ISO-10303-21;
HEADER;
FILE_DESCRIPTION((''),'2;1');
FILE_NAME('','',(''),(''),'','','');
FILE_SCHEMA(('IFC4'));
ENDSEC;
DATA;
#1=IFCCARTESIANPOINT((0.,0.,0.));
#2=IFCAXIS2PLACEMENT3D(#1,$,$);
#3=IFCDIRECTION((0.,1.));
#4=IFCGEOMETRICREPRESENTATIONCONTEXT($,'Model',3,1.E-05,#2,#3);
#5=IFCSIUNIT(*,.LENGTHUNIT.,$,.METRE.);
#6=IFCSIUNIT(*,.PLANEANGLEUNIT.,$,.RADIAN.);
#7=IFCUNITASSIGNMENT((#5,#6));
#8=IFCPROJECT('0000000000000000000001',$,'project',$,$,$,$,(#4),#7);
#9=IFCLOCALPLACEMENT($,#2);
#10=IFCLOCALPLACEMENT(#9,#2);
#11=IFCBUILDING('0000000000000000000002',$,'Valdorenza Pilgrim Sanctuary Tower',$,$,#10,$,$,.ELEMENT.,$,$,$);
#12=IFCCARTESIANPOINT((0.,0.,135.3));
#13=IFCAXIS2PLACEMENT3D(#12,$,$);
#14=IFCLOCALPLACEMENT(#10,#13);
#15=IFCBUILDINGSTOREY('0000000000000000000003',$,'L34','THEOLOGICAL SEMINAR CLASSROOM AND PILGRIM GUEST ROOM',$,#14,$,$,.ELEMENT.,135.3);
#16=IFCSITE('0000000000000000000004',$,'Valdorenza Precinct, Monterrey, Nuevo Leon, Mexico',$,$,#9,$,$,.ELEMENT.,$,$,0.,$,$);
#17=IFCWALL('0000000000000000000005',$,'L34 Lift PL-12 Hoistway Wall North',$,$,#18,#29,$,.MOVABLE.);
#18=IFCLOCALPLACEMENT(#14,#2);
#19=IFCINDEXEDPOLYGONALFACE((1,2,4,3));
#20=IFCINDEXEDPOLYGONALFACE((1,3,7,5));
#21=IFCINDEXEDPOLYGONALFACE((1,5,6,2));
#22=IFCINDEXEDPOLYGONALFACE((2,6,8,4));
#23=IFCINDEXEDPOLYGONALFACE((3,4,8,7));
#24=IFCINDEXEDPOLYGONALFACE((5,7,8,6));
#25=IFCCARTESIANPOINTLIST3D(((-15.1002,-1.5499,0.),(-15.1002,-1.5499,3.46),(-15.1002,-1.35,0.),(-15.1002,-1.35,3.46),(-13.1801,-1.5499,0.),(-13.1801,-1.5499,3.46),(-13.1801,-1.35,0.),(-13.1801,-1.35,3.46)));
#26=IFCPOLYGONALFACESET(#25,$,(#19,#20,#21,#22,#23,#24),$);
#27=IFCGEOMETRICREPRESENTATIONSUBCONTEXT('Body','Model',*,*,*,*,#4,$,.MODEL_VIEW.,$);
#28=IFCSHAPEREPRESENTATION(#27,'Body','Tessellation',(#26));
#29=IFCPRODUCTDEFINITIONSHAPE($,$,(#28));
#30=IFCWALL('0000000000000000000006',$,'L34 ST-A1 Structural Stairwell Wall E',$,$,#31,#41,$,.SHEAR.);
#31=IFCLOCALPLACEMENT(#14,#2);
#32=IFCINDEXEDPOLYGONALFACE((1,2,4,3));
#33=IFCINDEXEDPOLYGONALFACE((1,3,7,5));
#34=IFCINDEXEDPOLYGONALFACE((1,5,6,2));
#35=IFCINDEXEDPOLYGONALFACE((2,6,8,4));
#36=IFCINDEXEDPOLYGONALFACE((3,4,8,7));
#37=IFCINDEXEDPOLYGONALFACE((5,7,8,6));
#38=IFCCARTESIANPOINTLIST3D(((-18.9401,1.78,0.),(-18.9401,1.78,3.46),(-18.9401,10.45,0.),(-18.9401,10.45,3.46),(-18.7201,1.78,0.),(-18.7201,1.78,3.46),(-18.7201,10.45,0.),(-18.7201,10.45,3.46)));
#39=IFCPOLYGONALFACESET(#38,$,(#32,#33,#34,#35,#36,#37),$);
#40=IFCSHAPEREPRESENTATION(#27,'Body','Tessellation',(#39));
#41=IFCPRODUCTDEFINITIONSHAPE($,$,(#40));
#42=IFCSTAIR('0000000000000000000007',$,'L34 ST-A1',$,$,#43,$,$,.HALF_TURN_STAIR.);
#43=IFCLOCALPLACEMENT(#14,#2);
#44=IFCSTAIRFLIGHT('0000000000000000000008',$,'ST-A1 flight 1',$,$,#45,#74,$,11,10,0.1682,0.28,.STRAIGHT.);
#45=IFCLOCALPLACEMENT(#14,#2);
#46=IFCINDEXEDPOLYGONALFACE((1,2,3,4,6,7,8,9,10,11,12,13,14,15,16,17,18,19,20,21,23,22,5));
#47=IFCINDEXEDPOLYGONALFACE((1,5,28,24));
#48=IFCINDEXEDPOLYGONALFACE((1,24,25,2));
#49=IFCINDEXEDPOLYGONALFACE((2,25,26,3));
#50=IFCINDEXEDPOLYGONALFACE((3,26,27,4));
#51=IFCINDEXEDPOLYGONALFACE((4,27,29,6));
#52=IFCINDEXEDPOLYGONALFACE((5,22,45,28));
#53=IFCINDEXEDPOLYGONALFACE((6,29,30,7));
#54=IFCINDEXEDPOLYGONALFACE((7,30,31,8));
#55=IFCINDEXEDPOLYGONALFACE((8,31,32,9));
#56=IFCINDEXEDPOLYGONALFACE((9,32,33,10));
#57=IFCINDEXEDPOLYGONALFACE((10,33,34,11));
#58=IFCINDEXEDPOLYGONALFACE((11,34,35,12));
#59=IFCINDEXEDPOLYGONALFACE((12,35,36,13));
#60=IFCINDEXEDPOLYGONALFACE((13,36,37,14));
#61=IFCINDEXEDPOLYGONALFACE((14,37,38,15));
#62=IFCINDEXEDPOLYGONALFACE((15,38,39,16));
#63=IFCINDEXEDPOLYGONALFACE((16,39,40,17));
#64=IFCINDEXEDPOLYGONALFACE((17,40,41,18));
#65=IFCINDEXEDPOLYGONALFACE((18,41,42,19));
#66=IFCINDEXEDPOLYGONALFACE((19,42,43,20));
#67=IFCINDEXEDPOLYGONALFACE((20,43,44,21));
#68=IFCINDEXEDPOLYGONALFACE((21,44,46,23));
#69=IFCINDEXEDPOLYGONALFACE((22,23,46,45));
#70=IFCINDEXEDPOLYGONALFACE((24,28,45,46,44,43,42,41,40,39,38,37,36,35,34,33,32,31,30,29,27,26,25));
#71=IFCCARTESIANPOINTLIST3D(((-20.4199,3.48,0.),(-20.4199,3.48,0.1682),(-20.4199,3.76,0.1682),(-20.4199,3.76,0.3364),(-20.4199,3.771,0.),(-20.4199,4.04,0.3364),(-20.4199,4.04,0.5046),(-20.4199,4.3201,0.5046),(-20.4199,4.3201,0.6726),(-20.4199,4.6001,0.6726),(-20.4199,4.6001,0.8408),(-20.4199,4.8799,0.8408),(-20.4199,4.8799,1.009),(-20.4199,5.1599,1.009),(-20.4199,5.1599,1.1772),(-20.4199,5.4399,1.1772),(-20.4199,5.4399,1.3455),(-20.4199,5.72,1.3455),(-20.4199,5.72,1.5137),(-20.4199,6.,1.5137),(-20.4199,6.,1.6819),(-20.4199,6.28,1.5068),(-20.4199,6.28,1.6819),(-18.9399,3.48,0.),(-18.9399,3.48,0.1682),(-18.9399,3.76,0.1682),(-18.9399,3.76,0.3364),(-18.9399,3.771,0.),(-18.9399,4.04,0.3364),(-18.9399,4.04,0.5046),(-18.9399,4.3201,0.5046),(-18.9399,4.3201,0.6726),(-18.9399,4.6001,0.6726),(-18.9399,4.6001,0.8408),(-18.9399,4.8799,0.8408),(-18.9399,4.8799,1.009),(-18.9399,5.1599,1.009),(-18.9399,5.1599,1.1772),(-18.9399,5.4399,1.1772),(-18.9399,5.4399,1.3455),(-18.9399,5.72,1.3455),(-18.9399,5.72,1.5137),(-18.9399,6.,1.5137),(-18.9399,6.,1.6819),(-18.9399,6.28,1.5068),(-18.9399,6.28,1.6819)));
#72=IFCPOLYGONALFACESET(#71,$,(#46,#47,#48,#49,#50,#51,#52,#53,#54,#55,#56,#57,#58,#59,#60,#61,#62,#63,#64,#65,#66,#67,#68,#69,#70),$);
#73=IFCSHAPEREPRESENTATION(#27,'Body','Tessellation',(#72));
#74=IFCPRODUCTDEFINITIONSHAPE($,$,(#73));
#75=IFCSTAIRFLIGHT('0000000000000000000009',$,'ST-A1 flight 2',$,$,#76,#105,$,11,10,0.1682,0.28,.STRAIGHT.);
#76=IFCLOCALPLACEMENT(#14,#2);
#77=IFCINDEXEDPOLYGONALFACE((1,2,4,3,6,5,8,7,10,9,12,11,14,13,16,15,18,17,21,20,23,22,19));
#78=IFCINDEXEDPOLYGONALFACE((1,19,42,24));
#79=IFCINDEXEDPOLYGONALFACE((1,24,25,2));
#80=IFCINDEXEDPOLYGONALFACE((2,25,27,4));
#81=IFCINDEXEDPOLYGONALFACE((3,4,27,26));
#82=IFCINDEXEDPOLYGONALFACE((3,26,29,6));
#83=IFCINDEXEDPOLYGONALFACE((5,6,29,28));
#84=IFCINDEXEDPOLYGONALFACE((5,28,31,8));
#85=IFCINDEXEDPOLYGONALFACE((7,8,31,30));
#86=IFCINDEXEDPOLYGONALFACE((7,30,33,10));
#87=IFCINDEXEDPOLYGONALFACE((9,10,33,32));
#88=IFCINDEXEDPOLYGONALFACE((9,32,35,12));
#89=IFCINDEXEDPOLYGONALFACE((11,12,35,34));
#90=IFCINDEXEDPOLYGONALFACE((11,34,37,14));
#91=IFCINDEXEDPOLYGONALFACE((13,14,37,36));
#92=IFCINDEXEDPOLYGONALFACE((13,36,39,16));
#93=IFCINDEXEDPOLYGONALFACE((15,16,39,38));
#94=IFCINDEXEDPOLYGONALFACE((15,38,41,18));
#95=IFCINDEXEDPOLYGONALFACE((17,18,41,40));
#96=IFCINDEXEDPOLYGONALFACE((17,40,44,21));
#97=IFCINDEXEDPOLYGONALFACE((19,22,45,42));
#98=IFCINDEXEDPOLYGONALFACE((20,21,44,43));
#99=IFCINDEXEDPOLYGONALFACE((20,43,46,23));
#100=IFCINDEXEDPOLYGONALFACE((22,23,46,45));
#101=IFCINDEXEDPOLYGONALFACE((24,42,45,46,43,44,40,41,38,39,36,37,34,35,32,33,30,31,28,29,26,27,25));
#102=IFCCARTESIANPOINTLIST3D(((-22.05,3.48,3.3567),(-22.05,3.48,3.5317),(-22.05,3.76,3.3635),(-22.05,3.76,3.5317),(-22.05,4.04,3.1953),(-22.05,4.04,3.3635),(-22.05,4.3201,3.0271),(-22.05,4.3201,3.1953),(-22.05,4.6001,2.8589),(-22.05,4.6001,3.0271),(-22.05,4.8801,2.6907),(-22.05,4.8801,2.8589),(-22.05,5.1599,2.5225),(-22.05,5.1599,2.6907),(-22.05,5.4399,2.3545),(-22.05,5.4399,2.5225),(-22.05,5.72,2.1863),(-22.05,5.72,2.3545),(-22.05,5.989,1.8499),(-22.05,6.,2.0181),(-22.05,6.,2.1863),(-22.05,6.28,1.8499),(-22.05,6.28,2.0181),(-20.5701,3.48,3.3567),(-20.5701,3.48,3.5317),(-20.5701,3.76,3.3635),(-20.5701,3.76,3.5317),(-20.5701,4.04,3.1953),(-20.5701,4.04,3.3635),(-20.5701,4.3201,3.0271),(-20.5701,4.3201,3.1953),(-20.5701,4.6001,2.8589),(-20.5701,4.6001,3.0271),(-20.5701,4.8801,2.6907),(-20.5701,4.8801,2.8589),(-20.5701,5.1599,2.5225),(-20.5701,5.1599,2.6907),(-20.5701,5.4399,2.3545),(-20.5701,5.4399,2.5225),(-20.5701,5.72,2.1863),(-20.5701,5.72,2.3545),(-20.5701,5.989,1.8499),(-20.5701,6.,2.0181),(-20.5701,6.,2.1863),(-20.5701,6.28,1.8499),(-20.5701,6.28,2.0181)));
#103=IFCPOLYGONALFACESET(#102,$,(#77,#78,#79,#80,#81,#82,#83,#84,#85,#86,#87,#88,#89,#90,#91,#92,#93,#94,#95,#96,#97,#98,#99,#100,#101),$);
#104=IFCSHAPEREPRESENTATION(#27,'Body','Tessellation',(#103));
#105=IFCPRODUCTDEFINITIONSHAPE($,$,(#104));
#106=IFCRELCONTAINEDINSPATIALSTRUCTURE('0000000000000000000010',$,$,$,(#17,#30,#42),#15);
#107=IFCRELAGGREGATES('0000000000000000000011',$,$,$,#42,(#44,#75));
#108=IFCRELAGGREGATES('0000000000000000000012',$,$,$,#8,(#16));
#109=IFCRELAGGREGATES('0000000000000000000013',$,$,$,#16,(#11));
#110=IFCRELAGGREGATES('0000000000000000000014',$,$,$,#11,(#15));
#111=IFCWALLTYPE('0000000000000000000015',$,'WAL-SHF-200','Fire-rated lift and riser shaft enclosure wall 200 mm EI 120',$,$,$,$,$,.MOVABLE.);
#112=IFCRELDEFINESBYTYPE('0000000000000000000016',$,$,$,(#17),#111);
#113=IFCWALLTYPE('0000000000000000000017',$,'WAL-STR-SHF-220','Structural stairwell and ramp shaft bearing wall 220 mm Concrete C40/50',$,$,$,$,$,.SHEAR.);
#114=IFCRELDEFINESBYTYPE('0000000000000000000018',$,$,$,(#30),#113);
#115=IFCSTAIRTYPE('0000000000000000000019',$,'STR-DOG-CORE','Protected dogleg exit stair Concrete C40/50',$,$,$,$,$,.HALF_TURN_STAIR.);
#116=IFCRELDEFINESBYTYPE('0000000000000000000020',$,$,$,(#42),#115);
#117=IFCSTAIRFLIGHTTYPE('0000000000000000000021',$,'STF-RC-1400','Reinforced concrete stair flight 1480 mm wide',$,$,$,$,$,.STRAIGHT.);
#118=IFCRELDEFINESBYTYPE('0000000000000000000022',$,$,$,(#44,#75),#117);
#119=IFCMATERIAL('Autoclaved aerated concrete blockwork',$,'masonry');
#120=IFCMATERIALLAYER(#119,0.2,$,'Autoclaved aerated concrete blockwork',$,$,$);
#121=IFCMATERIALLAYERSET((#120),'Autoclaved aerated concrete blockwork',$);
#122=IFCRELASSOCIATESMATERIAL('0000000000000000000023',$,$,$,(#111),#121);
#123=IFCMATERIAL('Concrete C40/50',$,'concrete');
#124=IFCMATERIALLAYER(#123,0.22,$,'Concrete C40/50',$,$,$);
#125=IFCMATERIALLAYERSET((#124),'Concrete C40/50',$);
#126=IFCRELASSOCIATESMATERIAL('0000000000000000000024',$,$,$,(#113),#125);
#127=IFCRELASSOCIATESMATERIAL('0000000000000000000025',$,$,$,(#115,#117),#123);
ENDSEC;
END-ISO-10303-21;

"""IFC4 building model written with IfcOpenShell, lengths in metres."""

from ifc_helpers import new_model, si_unit, direction, frame, frame_2d, origin, place, context, subcontext, project, spatial, polyline, rectangle, outline, extrude, material, layer, layer_set, type_object, element, aggregate, save


model = new_model("IFC4")

# Units and contexts
model_context = context("Model", 3, precision=1e-05, world=origin(), true_north=direction((0.0, 1.0)))
body_context = subcontext(model_context, "Body", "Model", "MODEL_VIEW")
ifc_project = project(units=[si_unit("LENGTHUNIT", "METRE"), si_unit("PLANEANGLEUNIT", "RADIAN")], contexts=[model_context])

# Site, building, storey
site_placement = place(None, origin())
site = spatial("IfcSite", under=ifc_project, at=site_placement, Name="Valdorenza Precinct, Monterrey, Nuevo Leon, Mexico", CompositionType="ELEMENT", RefElevation=0.0)
building_placement = place(site_placement, origin())
building = spatial("IfcBuilding", under=site, at=building_placement, Name="Valdorenza Pilgrim Sanctuary Tower", CompositionType="ELEMENT")
storey_placement = place(building_placement, frame((0.0, 0.0, 135.3)))
storey = spatial("IfcBuildingStorey", under=building, at=storey_placement, Name="L34", Description="THEOLOGICAL SEMINAR CLASSROOM AND PILGRIM GUEST ROOM", CompositionType="ELEMENT", Elevation=135.3)

# Shared definitions
ifc_material_1 = material(Name="Autoclaved aerated concrete blockwork", Category="masonry")
ifc_layer_1 = layer(ifc_material_1, 0.2, Name="Autoclaved aerated concrete blockwork")
ifc_layer_set_1 = layer_set([ifc_layer_1], Name="Autoclaved aerated concrete blockwork")
wall_type_1 = type_object("IfcWallType", Name="WAL-SHF-200", Description="Fire-rated lift and riser shaft enclosure wall 200 mm EI 120", PredefinedType="MOVABLE", material=ifc_layer_set_1)

# Walls
wall_1_placement = place(storey_placement, frame((-15.1001, -1.45, 0.0), z_axis=(0.0, 0.0, 1.0), x_axis=(1.0, 0.0, 0.0)))
element("IfcWall", 1, at=wall_1_placement, inside=storey, type_object=wall_type_1, Name="L34 Lift PL-12 Hoistway Wall North", PredefinedType="MOVABLE", context=body_context, shape_type="SweptSolid", body=[
    extrude(rectangle(XDim=1.9202, YDim=0.2, at=frame_2d((0.96, 0.0))), origin(), (0.0, 0.0, 1.0), 3.46),
])
ifc_material_2 = material(Name="Concrete C40/50", Category="concrete")
ifc_layer_2 = layer(ifc_material_2, 0.22, Name="Concrete C40/50")
ifc_layer_set_2 = layer_set([ifc_layer_2], Name="Concrete C40/50")
wall_type_2 = type_object("IfcWallType", Name="WAL-STR-SHF-220", Description="Structural stairwell and ramp shaft bearing wall 220 mm Concrete C40/50", PredefinedType="SHEAR", material=ifc_layer_set_2)
wall_2_placement = place(storey_placement, frame((-18.8301, 1.78, 0.0), z_axis=(0.0, 0.0, 1.0), x_axis=(0.0, 1.0, 0.0)))
element("IfcWall", 2, at=wall_2_placement, inside=storey, type_object=wall_type_2, Name="L34 ST-A1 Structural Stairwell Wall E", PredefinedType="SHEAR", context=body_context, shape_type="SweptSolid", body=[
    extrude(rectangle(XDim=8.6699, YDim=0.22, at=frame_2d((4.335, 0.0))), origin(), (0.0, 0.0, 1.0), 3.46),
])

# Stair, stair flights
stair_type = type_object("IfcStairType", Name="STR-DOG-CORE", Description="Protected dogleg exit stair Concrete C40/50", PredefinedType="HALF_TURN_STAIR", material=ifc_material_2)
stair_placement = place(storey_placement, origin())
stair = element("IfcStair", 3, at=stair_placement, inside=storey, type_object=stair_type, Name="L34 ST-A1", PredefinedType="HALF_TURN_STAIR")
stair_flight_type = type_object("IfcStairFlightType", Name="STF-RC-1400", Description="Reinforced concrete stair flight 1480 mm wide", PredefinedType="STRAIGHT", material=ifc_material_2)
stair_flight_1_placement = place(storey_placement, frame((-19.6799, 3.48, 0.0), z_axis=(0.0, 0.0, 1.0), x_axis=(0.0, 1.0, 0.0)))
stair_flight_1 = element("IfcStairFlight", 4, at=stair_flight_1_placement, type_object=stair_flight_type, Name="ST-A1 flight 1", NumberOfRisers=11, NumberOfTreads=10, PredefinedType="STRAIGHT", RiserHeight=0.1682, TreadLength=0.28, context=body_context, shape_type="SweptSolid", body=[
    extrude(outline(polyline([(0.0, 0.0), (0.0, 0.1682), (0.28, 0.1682), (0.28, 0.3364), (0.5601, 0.3364), (0.5601, 0.5046), (0.8401, 0.5046), (0.8401, 0.6726), (1.1201, 0.6726), (1.1201, 0.8408), (1.3999, 0.8408), (1.3999, 1.009), (1.6799, 1.009), (1.6799, 1.1772), (1.96, 1.1772), (1.96, 1.3455), (2.24, 1.3455), (2.24, 1.5137), (2.52, 1.5137), (2.52, 1.6819), (2.8, 1.6819), (2.8, 1.8501), (2.8, 1.5068), (0.291, 0.0), (0.0, 0.0)])), frame((0.0, 0.74, 0.0), z_axis=(0.0, -1.0, 0.0), x_axis=(1.0, 0.0, 0.0)), (0.0, 0.0, 1.0), 1.48),
])
stair_flight_2_placement = place(storey_placement, frame((-21.3101, 6.28, 1.8499), z_axis=(0.0, 0.0, 1.0), x_axis=(0.0, -1.0, 0.0)))
stair_flight_2 = element("IfcStairFlight", 5, at=stair_flight_2_placement, type_object=stair_flight_type, Name="ST-A1 flight 2", NumberOfRisers=11, NumberOfTreads=10, PredefinedType="STRAIGHT", RiserHeight=0.1682, TreadLength=0.28, context=body_context, shape_type="SweptSolid", body=[
    extrude(outline(polyline([(0.0, 0.0), (0.0, 0.1682), (0.28, 0.1682), (0.28, 0.3364), (0.5601, 0.3364), (0.5601, 0.5046), (0.8401, 0.5046), (0.8401, 0.6726), (1.1201, 0.6726), (1.1201, 0.8408), (1.3999, 0.8408), (1.3999, 1.009), (1.6799, 1.009), (1.6799, 1.1772), (1.96, 1.1772), (1.96, 1.3455), (2.24, 1.3455), (2.24, 1.5137), (2.52, 1.5137), (2.52, 1.6819), (2.8, 1.6819), (2.8, 1.8501), (2.8, 1.5068), (0.291, 0.0), (0.0, 0.0)])), frame((0.0, 0.74, 0.0), z_axis=(0.0, -1.0, 0.0), x_axis=(1.0, 0.0, 0.0)), (0.0, 0.0, 1.0), 1.48),
])
aggregate(stair, [stair_flight_1, stair_flight_2])

save(model, "model.ifc")
